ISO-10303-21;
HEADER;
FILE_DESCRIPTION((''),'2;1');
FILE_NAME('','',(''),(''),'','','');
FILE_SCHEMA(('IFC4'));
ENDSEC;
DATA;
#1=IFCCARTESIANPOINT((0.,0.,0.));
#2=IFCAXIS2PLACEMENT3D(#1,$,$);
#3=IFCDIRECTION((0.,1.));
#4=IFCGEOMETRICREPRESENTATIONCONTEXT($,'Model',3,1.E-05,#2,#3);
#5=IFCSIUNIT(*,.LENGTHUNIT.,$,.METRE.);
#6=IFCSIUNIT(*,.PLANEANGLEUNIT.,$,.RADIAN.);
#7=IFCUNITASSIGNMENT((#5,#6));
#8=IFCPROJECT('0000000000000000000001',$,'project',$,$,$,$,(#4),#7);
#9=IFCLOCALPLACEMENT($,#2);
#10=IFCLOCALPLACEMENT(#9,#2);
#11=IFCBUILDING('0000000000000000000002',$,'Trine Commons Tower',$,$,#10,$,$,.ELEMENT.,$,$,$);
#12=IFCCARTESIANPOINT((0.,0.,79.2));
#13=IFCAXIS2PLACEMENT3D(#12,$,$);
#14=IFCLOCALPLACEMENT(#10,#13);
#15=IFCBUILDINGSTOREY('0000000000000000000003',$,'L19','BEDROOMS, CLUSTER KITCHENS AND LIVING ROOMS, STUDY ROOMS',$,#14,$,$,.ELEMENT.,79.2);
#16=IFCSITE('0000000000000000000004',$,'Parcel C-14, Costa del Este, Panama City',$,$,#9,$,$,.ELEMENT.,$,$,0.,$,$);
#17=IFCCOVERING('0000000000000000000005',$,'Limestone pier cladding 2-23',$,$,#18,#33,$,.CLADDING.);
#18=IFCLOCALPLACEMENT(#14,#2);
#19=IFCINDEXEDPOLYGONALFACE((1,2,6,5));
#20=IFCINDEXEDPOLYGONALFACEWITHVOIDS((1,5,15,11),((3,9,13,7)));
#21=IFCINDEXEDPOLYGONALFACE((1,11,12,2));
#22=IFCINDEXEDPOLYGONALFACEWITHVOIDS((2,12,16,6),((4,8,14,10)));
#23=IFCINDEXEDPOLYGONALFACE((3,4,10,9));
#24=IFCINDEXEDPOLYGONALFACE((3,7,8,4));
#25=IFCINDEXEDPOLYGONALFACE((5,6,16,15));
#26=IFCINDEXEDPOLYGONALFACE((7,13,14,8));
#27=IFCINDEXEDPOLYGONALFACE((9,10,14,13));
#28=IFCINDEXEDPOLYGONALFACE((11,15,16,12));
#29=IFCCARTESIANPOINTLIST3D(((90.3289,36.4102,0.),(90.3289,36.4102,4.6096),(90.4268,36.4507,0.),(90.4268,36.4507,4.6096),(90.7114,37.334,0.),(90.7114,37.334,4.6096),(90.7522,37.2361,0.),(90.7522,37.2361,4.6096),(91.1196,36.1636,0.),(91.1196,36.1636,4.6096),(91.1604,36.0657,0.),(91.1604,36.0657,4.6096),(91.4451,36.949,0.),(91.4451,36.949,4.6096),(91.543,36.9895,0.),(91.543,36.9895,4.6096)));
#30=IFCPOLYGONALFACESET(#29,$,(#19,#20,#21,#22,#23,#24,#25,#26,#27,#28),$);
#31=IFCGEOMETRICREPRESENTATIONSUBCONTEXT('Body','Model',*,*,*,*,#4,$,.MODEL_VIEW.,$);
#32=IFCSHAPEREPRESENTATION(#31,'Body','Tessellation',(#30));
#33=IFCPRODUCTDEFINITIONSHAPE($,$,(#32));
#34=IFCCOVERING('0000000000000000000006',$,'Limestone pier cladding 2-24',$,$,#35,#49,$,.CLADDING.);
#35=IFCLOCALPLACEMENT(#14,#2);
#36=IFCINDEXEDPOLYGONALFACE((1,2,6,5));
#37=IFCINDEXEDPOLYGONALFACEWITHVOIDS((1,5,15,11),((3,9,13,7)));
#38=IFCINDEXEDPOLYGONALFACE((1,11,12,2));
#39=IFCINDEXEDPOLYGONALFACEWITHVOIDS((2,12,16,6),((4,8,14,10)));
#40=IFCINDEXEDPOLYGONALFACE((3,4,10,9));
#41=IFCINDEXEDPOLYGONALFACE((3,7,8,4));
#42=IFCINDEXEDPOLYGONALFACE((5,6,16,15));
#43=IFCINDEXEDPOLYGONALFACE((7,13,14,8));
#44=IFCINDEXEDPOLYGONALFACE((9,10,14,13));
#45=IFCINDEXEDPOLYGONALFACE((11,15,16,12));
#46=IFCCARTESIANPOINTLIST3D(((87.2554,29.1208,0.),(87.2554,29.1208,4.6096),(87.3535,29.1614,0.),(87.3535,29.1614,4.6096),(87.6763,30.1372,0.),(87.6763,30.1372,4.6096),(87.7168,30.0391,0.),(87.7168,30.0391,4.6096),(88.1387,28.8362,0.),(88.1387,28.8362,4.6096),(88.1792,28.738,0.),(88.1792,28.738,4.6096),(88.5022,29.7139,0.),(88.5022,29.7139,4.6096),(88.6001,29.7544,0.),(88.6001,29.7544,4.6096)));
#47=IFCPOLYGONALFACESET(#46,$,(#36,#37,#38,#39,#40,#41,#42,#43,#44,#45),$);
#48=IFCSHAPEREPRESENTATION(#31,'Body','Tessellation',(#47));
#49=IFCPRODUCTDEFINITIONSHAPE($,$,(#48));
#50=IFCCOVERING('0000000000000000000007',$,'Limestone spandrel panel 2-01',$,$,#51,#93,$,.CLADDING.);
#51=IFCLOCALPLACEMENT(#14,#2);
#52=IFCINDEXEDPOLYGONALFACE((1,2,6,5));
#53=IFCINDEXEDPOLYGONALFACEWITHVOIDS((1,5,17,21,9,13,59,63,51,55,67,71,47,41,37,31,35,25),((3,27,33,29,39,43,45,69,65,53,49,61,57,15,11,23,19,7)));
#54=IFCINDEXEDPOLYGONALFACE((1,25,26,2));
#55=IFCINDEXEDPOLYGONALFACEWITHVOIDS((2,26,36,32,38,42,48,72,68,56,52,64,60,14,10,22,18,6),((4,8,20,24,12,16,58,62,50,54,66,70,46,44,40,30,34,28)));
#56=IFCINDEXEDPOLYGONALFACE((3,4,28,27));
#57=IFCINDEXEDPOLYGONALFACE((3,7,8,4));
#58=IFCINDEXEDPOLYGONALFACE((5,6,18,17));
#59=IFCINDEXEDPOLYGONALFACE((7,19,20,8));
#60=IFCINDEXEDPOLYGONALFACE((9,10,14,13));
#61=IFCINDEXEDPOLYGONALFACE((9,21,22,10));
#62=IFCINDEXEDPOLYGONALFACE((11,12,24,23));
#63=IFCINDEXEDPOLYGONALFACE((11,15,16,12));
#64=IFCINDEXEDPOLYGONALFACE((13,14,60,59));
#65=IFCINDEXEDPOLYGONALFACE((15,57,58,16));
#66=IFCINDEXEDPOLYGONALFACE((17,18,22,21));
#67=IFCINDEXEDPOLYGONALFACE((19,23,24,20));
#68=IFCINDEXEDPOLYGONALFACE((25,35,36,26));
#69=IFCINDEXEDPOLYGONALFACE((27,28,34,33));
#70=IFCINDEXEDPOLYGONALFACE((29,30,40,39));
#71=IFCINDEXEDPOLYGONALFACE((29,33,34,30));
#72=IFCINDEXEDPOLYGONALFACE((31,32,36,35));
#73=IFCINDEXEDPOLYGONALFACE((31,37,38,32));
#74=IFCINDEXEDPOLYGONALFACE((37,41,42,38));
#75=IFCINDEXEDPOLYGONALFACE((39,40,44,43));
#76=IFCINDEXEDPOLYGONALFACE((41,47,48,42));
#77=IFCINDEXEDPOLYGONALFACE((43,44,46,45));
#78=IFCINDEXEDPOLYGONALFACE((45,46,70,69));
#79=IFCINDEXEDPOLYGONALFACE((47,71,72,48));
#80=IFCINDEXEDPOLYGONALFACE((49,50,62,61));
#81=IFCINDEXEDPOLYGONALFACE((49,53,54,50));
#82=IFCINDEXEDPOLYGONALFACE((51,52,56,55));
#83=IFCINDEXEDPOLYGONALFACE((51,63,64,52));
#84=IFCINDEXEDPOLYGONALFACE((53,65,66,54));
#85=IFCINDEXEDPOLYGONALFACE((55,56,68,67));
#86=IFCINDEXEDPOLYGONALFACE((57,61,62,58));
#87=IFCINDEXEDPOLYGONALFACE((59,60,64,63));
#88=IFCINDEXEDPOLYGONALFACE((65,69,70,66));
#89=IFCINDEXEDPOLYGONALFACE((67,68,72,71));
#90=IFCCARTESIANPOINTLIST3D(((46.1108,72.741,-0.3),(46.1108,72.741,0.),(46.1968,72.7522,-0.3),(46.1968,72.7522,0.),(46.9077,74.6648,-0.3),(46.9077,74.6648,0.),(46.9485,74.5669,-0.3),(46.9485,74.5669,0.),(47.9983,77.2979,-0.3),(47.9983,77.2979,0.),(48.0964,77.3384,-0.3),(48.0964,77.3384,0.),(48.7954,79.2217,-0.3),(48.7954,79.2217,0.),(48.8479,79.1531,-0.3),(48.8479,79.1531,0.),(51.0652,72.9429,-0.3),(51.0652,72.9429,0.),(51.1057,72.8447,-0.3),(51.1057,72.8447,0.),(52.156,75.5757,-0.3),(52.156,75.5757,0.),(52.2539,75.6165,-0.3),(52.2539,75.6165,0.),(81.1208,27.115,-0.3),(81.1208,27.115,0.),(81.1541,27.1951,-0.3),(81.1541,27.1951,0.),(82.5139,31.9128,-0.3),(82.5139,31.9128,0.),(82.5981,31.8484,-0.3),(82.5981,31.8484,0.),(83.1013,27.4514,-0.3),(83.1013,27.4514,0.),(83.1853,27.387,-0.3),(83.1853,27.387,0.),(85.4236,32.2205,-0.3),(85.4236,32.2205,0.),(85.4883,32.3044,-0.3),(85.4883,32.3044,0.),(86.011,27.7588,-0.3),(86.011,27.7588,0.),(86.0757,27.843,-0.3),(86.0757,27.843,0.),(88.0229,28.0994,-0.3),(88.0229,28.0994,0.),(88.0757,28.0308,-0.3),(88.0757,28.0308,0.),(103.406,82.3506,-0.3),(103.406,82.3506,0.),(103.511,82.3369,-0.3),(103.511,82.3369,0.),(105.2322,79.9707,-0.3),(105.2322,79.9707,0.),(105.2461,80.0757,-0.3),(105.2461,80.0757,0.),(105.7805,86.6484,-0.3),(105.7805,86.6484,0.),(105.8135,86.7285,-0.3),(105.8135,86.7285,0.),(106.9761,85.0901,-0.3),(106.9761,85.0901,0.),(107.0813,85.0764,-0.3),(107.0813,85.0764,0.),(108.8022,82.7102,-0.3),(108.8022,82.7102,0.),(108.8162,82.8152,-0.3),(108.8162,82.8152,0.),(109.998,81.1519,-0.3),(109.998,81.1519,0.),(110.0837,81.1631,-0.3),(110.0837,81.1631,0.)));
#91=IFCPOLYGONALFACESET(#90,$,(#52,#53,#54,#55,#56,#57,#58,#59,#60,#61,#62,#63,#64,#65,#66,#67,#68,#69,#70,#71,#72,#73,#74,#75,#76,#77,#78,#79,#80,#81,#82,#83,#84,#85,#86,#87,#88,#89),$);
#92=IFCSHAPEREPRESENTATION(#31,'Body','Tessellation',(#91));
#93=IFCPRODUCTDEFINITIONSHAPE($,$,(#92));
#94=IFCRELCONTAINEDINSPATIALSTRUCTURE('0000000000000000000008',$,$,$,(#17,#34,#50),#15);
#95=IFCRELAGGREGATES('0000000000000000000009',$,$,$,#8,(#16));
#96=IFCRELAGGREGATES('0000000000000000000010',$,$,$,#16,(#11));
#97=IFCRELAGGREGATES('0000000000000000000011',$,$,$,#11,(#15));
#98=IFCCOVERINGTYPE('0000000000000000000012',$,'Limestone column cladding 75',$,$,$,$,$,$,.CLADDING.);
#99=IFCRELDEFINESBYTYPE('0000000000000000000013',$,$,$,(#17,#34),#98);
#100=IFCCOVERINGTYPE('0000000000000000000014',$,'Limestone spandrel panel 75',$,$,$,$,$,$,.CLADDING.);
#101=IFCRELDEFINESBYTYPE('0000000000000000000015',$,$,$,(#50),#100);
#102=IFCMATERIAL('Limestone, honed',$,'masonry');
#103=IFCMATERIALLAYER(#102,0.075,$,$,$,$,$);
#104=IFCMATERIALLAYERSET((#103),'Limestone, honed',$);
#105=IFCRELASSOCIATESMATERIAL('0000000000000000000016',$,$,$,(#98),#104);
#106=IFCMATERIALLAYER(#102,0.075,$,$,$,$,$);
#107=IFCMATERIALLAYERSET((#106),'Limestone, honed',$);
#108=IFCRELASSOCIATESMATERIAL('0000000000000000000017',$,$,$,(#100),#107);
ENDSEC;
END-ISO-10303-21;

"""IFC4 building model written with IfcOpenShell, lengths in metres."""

from ifc_helpers import new_model, si_unit, direction, frame, origin, place, context, subcontext, project, spatial, polyline, outline, extrude, material, layer, layer_set, type_object, element, save


model = new_model("IFC4")

# Units and contexts
model_context = context("Model", 3, precision=1e-05, world=origin(), true_north=direction((0.0, 1.0)))
body_context = subcontext(model_context, "Body", "Model", "MODEL_VIEW")
ifc_project = project(units=[si_unit("LENGTHUNIT", "METRE"), si_unit("PLANEANGLEUNIT", "RADIAN")], contexts=[model_context])

# Site, building, storey
site_placement = place(None, origin())
site = spatial("IfcSite", under=ifc_project, at=site_placement, Name="Parcel C-14, Costa del Este, Panama City", CompositionType="ELEMENT", RefElevation=0.0)
building_placement = place(site_placement, origin())
building = spatial("IfcBuilding", under=site, at=building_placement, Name="Trine Commons Tower", CompositionType="ELEMENT")
storey_placement = place(building_placement, frame((0.0, 0.0, 79.2)))
storey = spatial("IfcBuildingStorey", under=building, at=storey_placement, Name="L19", Description="BEDROOMS, CLUSTER KITCHENS AND LIVING ROOMS, STUDY ROOMS", CompositionType="ELEMENT", Elevation=79.2)

# Coverings
ifc_material_1 = material(Name="Limestone, honed", Category="masonry")
ifc_layer_1 = layer(ifc_material_1, 0.075)
ifc_layer_set_1 = layer_set([ifc_layer_1], Name="Limestone, honed")
covering_type_1 = type_object("IfcCoveringType", Name="Limestone column cladding 75", PredefinedType="CLADDING", material=ifc_layer_set_1)
covering_1_placement = place(storey_placement, origin())
element("IfcCovering", 1, at=covering_1_placement, inside=storey, type_object=covering_type_1, Name="Limestone pier cladding 2-23", PredefinedType="CLADDING", context=body_context, shape_type="SweptSolid", body=[
    extrude(outline(polyline([(91.543, 36.9895), (90.7114, 37.334), (90.3289, 36.4102), (91.1604, 36.0657), (91.543, 36.9895)]), holes=[polyline([(91.4451, 36.949), (90.7522, 37.2361), (90.4268, 36.4507), (91.1196, 36.1636), (91.4451, 36.949)])]), origin(), (0.0, 0.0, 1.0), 4.6096),
])
covering_2_placement = place(storey_placement, origin())
element("IfcCovering", 2, at=covering_2_placement, inside=storey, type_object=covering_type_1, Name="Limestone pier cladding 2-24", PredefinedType="CLADDING", context=body_context, shape_type="SweptSolid", body=[
    extrude(outline(polyline([(88.6001, 29.7544), (87.6763, 30.1372), (87.2554, 29.1208), (88.1792, 28.738), (88.6001, 29.7544)]), holes=[polyline([(88.5022, 29.7139), (87.7168, 30.0391), (87.3535, 29.1614), (88.1387, 28.8362), (88.5022, 29.7139)])]), origin(), (0.0, 0.0, 1.0), 4.6096),
])
ifc_layer_2 = layer(ifc_material_1, 0.075)
ifc_layer_set_2 = layer_set([ifc_layer_2], Name="Limestone, honed")
covering_type_2 = type_object("IfcCoveringType", Name="Limestone spandrel panel 75", PredefinedType="CLADDING", material=ifc_layer_set_2)
covering_3_placement = place(storey_placement, frame((0.0, 0.0, -0.3)))
element("IfcCovering", 3, at=covering_3_placement, inside=storey, type_object=covering_type_2, Name="Limestone spandrel panel 2-01", PredefinedType="CLADDING", context=body_context, shape_type="SweptSolid", body=[
    extrude(outline(polyline([(85.4236, 32.2205), (86.011, 27.7588), (88.0757, 28.0308), (110.0837, 81.1631), (108.8162, 82.8152), (105.2461, 80.0757), (103.511, 82.3369), (107.0813, 85.0764), (105.8135, 86.7285), (48.7954, 79.2217), (47.9983, 77.2979), (52.156, 75.5757), (51.0652, 72.9429), (46.9077, 74.6648), (46.1108, 72.741), (81.1208, 27.115), (83.1853, 27.387), (82.5981, 31.8484), (85.4236, 32.2205)]), holes=[polyline([(108.8022, 82.7102), (109.998, 81.1519), (88.0229, 28.0994), (86.0757, 27.843), (85.4883, 32.3044), (82.5139, 31.9128), (83.1013, 27.4514), (81.1541, 27.1951), (46.1968, 72.7522), (46.9485, 74.5669), (51.1057, 72.8447), (52.2539, 75.6165), (48.0964, 77.3384), (48.8479, 79.1531), (105.7805, 86.6484), (106.9761, 85.0901), (103.406, 82.3506), (105.2322, 79.9707), (108.8022, 82.7102)])]), origin(), (0.0, 0.0, 1.0), 0.3),
])

save(model, "model.ifc")
